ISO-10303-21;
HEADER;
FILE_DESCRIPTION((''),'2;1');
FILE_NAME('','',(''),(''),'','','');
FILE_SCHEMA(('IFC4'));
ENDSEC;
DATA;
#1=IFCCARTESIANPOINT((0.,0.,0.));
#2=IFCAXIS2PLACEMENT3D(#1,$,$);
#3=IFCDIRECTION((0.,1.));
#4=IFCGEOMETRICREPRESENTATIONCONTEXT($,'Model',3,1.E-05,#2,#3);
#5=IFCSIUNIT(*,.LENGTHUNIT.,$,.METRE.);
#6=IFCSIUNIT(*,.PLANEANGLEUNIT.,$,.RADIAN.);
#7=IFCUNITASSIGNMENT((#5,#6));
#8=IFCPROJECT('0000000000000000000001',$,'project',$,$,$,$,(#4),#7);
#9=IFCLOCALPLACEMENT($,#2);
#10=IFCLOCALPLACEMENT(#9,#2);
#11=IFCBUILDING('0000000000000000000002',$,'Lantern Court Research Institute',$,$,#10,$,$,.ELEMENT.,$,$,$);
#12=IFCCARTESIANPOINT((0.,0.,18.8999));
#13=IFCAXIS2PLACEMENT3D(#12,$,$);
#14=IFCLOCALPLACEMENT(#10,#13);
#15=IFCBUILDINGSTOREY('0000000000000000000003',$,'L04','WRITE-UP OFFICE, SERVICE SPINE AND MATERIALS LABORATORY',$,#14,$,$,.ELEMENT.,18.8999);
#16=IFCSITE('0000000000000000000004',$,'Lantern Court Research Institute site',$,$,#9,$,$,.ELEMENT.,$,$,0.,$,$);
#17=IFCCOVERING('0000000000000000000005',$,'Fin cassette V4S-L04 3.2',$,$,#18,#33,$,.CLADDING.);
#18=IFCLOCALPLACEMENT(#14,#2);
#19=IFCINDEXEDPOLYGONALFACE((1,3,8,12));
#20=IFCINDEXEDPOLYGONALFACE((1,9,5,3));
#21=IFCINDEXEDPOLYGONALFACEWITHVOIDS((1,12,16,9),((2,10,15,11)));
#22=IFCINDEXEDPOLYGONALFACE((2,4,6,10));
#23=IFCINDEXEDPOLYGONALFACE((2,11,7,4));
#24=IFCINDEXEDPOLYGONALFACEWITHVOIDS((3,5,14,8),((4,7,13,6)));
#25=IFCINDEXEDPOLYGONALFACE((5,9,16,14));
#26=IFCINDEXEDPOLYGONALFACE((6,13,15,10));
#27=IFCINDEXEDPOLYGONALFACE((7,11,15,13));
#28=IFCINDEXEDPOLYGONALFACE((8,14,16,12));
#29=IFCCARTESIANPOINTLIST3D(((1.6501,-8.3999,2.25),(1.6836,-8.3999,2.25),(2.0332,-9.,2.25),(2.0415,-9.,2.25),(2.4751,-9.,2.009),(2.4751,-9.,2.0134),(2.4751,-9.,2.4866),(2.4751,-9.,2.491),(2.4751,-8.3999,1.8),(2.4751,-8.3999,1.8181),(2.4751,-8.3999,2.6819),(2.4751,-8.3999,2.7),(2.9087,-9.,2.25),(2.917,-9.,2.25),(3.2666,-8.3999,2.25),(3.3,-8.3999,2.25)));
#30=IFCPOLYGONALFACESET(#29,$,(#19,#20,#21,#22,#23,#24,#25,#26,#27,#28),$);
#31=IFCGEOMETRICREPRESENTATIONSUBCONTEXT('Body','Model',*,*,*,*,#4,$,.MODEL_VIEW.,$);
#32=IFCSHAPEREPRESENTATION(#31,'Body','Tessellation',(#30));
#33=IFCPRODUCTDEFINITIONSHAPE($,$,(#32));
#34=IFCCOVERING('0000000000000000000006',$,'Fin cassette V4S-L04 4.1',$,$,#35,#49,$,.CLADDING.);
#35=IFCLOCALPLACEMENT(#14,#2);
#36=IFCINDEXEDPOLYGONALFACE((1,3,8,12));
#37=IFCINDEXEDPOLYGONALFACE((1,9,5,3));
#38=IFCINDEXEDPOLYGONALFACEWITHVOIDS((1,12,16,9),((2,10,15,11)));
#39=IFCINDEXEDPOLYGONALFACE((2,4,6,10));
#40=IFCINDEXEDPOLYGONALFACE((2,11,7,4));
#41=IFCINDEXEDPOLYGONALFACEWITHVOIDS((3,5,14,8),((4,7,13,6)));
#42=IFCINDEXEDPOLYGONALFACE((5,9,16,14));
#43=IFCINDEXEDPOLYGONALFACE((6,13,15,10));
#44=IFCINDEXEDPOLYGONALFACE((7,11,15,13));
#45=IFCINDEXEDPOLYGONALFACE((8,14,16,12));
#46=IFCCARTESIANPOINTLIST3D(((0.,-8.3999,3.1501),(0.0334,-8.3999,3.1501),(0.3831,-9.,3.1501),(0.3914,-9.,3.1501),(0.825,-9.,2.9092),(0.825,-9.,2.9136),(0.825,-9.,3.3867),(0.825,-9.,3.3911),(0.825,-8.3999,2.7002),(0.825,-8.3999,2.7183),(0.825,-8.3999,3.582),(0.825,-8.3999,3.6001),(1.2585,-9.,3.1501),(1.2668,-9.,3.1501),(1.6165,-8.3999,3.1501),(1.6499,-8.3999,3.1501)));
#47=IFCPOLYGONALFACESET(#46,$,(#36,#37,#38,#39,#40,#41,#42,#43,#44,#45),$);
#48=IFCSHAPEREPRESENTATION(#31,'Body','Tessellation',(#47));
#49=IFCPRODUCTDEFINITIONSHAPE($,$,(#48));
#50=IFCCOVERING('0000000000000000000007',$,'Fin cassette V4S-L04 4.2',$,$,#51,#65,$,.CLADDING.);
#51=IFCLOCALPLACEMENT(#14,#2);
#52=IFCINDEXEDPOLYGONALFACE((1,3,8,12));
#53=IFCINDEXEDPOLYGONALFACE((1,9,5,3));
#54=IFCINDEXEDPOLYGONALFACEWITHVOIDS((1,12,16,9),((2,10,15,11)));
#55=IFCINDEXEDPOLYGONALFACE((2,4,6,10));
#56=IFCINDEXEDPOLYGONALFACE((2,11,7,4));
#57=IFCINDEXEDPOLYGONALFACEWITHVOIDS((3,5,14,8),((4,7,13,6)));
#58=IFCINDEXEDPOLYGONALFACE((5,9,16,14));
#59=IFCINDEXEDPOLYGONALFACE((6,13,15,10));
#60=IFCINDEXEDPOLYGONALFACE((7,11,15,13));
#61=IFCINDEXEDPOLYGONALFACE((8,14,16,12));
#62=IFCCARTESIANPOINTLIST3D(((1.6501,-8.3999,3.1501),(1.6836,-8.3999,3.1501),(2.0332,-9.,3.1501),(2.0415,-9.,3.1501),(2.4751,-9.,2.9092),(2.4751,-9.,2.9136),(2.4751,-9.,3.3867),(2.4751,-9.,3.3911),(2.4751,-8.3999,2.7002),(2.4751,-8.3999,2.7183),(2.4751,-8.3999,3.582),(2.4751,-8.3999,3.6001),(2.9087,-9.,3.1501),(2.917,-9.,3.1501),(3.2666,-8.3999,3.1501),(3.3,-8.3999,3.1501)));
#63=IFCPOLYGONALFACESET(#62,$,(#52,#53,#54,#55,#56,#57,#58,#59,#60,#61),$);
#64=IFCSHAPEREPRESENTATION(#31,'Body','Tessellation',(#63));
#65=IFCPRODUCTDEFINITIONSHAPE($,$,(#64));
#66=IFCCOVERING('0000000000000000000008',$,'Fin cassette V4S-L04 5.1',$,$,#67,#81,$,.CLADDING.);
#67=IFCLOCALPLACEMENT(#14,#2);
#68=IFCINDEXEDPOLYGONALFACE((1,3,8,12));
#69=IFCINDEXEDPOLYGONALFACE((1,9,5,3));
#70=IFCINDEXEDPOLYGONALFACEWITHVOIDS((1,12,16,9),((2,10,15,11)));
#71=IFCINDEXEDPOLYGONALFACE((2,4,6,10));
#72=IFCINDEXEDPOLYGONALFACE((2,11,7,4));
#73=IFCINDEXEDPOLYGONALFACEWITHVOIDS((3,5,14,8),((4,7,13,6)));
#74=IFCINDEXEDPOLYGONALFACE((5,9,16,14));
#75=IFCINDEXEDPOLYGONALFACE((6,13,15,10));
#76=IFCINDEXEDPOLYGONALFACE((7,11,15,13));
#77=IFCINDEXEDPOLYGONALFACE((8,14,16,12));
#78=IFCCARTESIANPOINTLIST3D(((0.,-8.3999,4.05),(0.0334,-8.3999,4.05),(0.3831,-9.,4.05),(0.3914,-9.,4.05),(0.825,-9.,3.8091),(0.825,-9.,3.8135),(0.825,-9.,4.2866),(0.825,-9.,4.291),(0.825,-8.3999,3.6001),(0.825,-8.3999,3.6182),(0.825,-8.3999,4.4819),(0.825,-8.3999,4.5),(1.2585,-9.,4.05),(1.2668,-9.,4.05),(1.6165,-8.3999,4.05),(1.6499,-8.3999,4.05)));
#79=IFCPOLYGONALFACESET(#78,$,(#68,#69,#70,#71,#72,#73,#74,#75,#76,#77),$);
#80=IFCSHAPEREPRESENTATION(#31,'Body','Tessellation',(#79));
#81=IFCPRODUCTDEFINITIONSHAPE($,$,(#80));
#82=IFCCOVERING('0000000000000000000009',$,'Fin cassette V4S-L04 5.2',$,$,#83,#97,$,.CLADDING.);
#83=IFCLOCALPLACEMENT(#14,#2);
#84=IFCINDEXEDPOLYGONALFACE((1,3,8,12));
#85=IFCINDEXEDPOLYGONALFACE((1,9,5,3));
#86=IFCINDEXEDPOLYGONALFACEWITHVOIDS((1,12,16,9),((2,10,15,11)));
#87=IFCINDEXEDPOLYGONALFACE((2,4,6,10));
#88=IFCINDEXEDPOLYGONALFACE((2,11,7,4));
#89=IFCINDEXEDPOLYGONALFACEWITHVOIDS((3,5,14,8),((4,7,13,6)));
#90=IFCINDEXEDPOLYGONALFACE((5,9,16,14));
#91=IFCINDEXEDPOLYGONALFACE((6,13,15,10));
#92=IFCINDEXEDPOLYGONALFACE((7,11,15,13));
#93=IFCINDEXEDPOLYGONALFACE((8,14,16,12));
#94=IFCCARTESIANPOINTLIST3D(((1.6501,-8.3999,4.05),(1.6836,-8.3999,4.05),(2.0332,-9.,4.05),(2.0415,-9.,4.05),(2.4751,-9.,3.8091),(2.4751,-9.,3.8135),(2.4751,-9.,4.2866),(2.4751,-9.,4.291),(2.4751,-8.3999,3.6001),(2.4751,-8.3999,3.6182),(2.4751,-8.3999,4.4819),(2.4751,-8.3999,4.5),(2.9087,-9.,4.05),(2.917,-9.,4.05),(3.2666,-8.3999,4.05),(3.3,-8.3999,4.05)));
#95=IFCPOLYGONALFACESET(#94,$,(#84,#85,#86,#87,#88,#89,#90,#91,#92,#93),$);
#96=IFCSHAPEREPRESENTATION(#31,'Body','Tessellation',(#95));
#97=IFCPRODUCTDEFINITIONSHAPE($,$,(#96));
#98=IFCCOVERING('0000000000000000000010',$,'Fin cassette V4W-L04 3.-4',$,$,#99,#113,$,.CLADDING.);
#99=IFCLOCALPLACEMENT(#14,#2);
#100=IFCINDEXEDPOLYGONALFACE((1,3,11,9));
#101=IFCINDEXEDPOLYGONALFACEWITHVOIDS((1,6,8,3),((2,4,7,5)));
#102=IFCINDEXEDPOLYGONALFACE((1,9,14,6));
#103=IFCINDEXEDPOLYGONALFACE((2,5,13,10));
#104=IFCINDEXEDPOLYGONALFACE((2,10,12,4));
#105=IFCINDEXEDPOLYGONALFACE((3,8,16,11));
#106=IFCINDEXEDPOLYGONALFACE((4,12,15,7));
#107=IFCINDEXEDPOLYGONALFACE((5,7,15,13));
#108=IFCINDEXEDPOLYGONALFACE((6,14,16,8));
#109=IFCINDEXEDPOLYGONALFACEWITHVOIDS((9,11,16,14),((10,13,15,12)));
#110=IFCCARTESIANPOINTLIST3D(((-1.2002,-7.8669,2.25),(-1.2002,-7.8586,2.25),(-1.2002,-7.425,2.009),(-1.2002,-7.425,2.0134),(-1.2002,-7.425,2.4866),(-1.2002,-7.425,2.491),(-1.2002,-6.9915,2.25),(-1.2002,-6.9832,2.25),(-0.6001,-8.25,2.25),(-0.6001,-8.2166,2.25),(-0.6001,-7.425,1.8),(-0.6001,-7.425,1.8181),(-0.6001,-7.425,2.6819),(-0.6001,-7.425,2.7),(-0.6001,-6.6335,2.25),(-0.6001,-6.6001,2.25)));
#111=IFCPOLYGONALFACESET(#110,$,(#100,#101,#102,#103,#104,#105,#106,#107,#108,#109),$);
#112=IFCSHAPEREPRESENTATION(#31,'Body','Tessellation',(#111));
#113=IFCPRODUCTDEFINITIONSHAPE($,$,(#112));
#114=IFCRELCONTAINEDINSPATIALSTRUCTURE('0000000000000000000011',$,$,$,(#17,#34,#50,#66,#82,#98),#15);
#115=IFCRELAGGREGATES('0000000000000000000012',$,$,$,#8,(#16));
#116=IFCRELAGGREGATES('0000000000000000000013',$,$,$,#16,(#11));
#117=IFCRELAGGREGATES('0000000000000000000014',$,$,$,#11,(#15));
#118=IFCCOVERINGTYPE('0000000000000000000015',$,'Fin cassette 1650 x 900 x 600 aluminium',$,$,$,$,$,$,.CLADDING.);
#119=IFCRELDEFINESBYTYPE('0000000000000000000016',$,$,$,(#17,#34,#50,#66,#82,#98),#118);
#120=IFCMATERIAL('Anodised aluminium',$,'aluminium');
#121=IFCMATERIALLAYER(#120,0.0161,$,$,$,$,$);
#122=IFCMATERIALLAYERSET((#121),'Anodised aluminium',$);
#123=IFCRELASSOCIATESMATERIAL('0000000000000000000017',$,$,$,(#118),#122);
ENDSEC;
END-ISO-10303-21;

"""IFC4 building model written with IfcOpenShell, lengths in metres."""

from ifc_helpers import new_model, entity, si_unit, direction, frame, origin, place, context, subcontext, project, spatial, material, layer, layer_set, type_object, element, save


model = new_model("IFC4")

# Units and contexts
model_context = context("Model", 3, precision=1e-05, world=origin(), true_north=direction((0.0, 1.0)))
body_context = subcontext(model_context, "Body", "Model", "MODEL_VIEW")
ifc_project = project(units=[si_unit("LENGTHUNIT", "METRE"), si_unit("PLANEANGLEUNIT", "RADIAN")], contexts=[model_context])

# Site, building, storey
site_placement = place(None, origin())
site = spatial("IfcSite", under=ifc_project, at=site_placement, Name="Lantern Court Research Institute site", CompositionType="ELEMENT", RefElevation=0.0)
building_placement = place(site_placement, origin())
building = spatial("IfcBuilding", under=site, at=building_placement, Name="Lantern Court Research Institute", CompositionType="ELEMENT")
storey_placement = place(building_placement, frame((0.0, 0.0, 18.8999)))
storey = spatial("IfcBuildingStorey", under=building, at=storey_placement, Name="L04", Description="WRITE-UP OFFICE, SERVICE SPINE AND MATERIALS LABORATORY", CompositionType="ELEMENT", Elevation=18.8999)

# Coverings
ifc_material_1 = material(Name="Anodised aluminium", Category="aluminium")
ifc_layer_1 = layer(ifc_material_1, 0.0161)
ifc_layer_set_1 = layer_set([ifc_layer_1], Name="Anodised aluminium")
covering_type_1 = type_object("IfcCoveringType", Name="Fin cassette 1650 x 900 x 600 aluminium", PredefinedType="CLADDING", material=ifc_layer_set_1)
covering_1_placement = place(storey_placement, frame((2.4751, -8.3999, 2.25), z_axis=(0.0, -1.0, 0.0), x_axis=(1.0, 0.0, 0.0)))
cartesian_point_1 = entity("IfcCartesianPoint", [0.825, 0.0])
cartesian_point_2 = entity("IfcCartesianPoint", [0.7915, 0.0])
cartesian_point_3 = entity("IfcCartesianPoint", [0.4419, 0.0])
cartesian_point_4 = entity("IfcCartesianPoint", [0.4336, 0.0])
element("IfcCovering", 1, at=covering_1_placement, inside=storey, type_object=covering_type_1, Name="Fin cassette V4S-L04 3.2", PredefinedType="CLADDING", context=body_context, shape_type="SweptSolid", body=[
    entity("IfcExtrudedAreaSolidTapered", entity("IfcArbitraryProfileDefWithVoids", "AREA", None, entity("IfcPolyline", [cartesian_point_1, entity("IfcCartesianPoint", [0.0, 0.45]), entity("IfcCartesianPoint", [-0.825, 0.0]), entity("IfcCartesianPoint", [0.0, -0.45]), cartesian_point_1]), [entity("IfcPolyline", [cartesian_point_2, entity("IfcCartesianPoint", [0.0, 0.4319]), entity("IfcCartesianPoint", [-0.7915, 0.0]), entity("IfcCartesianPoint", [0.0, -0.4319]), cartesian_point_2])]), entity("IfcAxis2Placement3D", entity("IfcCartesianPoint", [0.0, 0.0, 0.0])), entity("IfcDirection", [0.0, 0.0, 1.0]), 0.6001, entity("IfcArbitraryProfileDefWithVoids", "AREA", None, entity("IfcPolyline", [cartesian_point_3, entity("IfcCartesianPoint", [0.0, 0.241]), entity("IfcCartesianPoint", [-0.4419, 0.0]), entity("IfcCartesianPoint", [0.0, -0.241]), cartesian_point_3]), [entity("IfcPolyline", [cartesian_point_4, entity("IfcCartesianPoint", [0.0, 0.2366]), entity("IfcCartesianPoint", [-0.4336, 0.0]), entity("IfcCartesianPoint", [0.0, -0.2366]), cartesian_point_4])])),
])
covering_2_placement = place(storey_placement, frame((0.825, -8.3999, 3.1501), z_axis=(0.0, -1.0, 0.0), x_axis=(1.0, 0.0, 0.0)))
cartesian_point_5 = entity("IfcCartesianPoint", [0.825, 0.0])
cartesian_point_6 = entity("IfcCartesianPoint", [0.7915, 0.0])
cartesian_point_7 = entity("IfcCartesianPoint", [0.4419, 0.0])
cartesian_point_8 = entity("IfcCartesianPoint", [0.4336, 0.0])
element("IfcCovering", 2, at=covering_2_placement, inside=storey, type_object=covering_type_1, Name="Fin cassette V4S-L04 4.1", PredefinedType="CLADDING", context=body_context, shape_type="SweptSolid", body=[
    entity("IfcExtrudedAreaSolidTapered", entity("IfcArbitraryProfileDefWithVoids", "AREA", None, entity("IfcPolyline", [cartesian_point_5, entity("IfcCartesianPoint", [0.0, 0.45]), entity("IfcCartesianPoint", [-0.825, 0.0]), entity("IfcCartesianPoint", [0.0, -0.45]), cartesian_point_5]), [entity("IfcPolyline", [cartesian_point_6, entity("IfcCartesianPoint", [0.0, 0.4319]), entity("IfcCartesianPoint", [-0.7915, 0.0]), entity("IfcCartesianPoint", [0.0, -0.4319]), cartesian_point_6])]), entity("IfcAxis2Placement3D", entity("IfcCartesianPoint", [0.0, 0.0, 0.0])), entity("IfcDirection", [0.0, 0.0, 1.0]), 0.6001, entity("IfcArbitraryProfileDefWithVoids", "AREA", None, entity("IfcPolyline", [cartesian_point_7, entity("IfcCartesianPoint", [0.0, 0.241]), entity("IfcCartesianPoint", [-0.4419, 0.0]), entity("IfcCartesianPoint", [0.0, -0.241]), cartesian_point_7]), [entity("IfcPolyline", [cartesian_point_8, entity("IfcCartesianPoint", [0.0, 0.2366]), entity("IfcCartesianPoint", [-0.4336, 0.0]), entity("IfcCartesianPoint", [0.0, -0.2366]), cartesian_point_8])])),
])
covering_3_placement = place(storey_placement, frame((2.4751, -8.3999, 3.1501), z_axis=(0.0, -1.0, 0.0), x_axis=(1.0, 0.0, 0.0)))
cartesian_point_9 = entity("IfcCartesianPoint", [0.825, 0.0])
cartesian_point_10 = entity("IfcCartesianPoint", [0.7915, 0.0])
cartesian_point_11 = entity("IfcCartesianPoint", [0.4419, 0.0])
cartesian_point_12 = entity("IfcCartesianPoint", [0.4336, 0.0])
element("IfcCovering", 3, at=covering_3_placement, inside=storey, type_object=covering_type_1, Name="Fin cassette V4S-L04 4.2", PredefinedType="CLADDING", context=body_context, shape_type="SweptSolid", body=[
    entity("IfcExtrudedAreaSolidTapered", entity("IfcArbitraryProfileDefWithVoids", "AREA", None, entity("IfcPolyline", [cartesian_point_9, entity("IfcCartesianPoint", [0.0, 0.45]), entity("IfcCartesianPoint", [-0.825, 0.0]), entity("IfcCartesianPoint", [0.0, -0.45]), cartesian_point_9]), [entity("IfcPolyline", [cartesian_point_10, entity("IfcCartesianPoint", [0.0, 0.4319]), entity("IfcCartesianPoint", [-0.7915, 0.0]), entity("IfcCartesianPoint", [0.0, -0.4319]), cartesian_point_10])]), entity("IfcAxis2Placement3D", entity("IfcCartesianPoint", [0.0, 0.0, 0.0])), entity("IfcDirection", [0.0, 0.0, 1.0]), 0.6001, entity("IfcArbitraryProfileDefWithVoids", "AREA", None, entity("IfcPolyline", [cartesian_point_11, entity("IfcCartesianPoint", [0.0, 0.241]), entity("IfcCartesianPoint", [-0.4419, 0.0]), entity("IfcCartesianPoint", [0.0, -0.241]), cartesian_point_11]), [entity("IfcPolyline", [cartesian_point_12, entity("IfcCartesianPoint", [0.0, 0.2366]), entity("IfcCartesianPoint", [-0.4336, 0.0]), entity("IfcCartesianPoint", [0.0, -0.2366]), cartesian_point_12])])),
])
covering_4_placement = place(storey_placement, frame((0.825, -8.3999, 4.05), z_axis=(0.0, -1.0, 0.0), x_axis=(1.0, 0.0, 0.0)))
cartesian_point_13 = entity("IfcCartesianPoint", [0.825, 0.0])
cartesian_point_14 = entity("IfcCartesianPoint", [0.7915, 0.0])
cartesian_point_15 = entity("IfcCartesianPoint", [0.4419, 0.0])
cartesian_point_16 = entity("IfcCartesianPoint", [0.4336, 0.0])
element("IfcCovering", 4, at=covering_4_placement, inside=storey, type_object=covering_type_1, Name="Fin cassette V4S-L04 5.1", PredefinedType="CLADDING", context=body_context, shape_type="SweptSolid", body=[
    entity("IfcExtrudedAreaSolidTapered", entity("IfcArbitraryProfileDefWithVoids", "AREA", None, entity("IfcPolyline", [cartesian_point_13, entity("IfcCartesianPoint", [0.0, 0.45]), entity("IfcCartesianPoint", [-0.825, 0.0]), entity("IfcCartesianPoint", [0.0, -0.45]), cartesian_point_13]), [entity("IfcPolyline", [cartesian_point_14, entity("IfcCartesianPoint", [0.0, 0.4319]), entity("IfcCartesianPoint", [-0.7915, 0.0]), entity("IfcCartesianPoint", [0.0, -0.4319]), cartesian_point_14])]), entity("IfcAxis2Placement3D", entity("IfcCartesianPoint", [0.0, 0.0, 0.0])), entity("IfcDirection", [0.0, 0.0, 1.0]), 0.6001, entity("IfcArbitraryProfileDefWithVoids", "AREA", None, entity("IfcPolyline", [cartesian_point_15, entity("IfcCartesianPoint", [0.0, 0.241]), entity("IfcCartesianPoint", [-0.4419, 0.0]), entity("IfcCartesianPoint", [0.0, -0.241]), cartesian_point_15]), [entity("IfcPolyline", [cartesian_point_16, entity("IfcCartesianPoint", [0.0, 0.2366]), entity("IfcCartesianPoint", [-0.4336, 0.0]), entity("IfcCartesianPoint", [0.0, -0.2366]), cartesian_point_16])])),
])
covering_5_placement = place(storey_placement, frame((2.4751, -8.3999, 4.05), z_axis=(0.0, -1.0, 0.0), x_axis=(1.0, 0.0, 0.0)))
cartesian_point_17 = entity("IfcCartesianPoint", [0.825, 0.0])
cartesian_point_18 = entity("IfcCartesianPoint", [0.7915, 0.0])
cartesian_point_19 = entity("IfcCartesianPoint", [0.4419, 0.0])
cartesian_point_20 = entity("IfcCartesianPoint", [0.4336, 0.0])
element("IfcCovering", 5, at=covering_5_placement, inside=storey, type_object=covering_type_1, Name="Fin cassette V4S-L04 5.2", PredefinedType="CLADDING", context=body_context, shape_type="SweptSolid", body=[
    entity("IfcExtrudedAreaSolidTapered", entity("IfcArbitraryProfileDefWithVoids", "AREA", None, entity("IfcPolyline", [cartesian_point_17, entity("IfcCartesianPoint", [0.0, 0.45]), entity("IfcCartesianPoint", [-0.825, 0.0]), entity("IfcCartesianPoint", [0.0, -0.45]), cartesian_point_17]), [entity("IfcPolyline", [cartesian_point_18, entity("IfcCartesianPoint", [0.0, 0.4319]), entity("IfcCartesianPoint", [-0.7915, 0.0]), entity("IfcCartesianPoint", [0.0, -0.4319]), cartesian_point_18])]), entity("IfcAxis2Placement3D", entity("IfcCartesianPoint", [0.0, 0.0, 0.0])), entity("IfcDirection", [0.0, 0.0, 1.0]), 0.6001, entity("IfcArbitraryProfileDefWithVoids", "AREA", None, entity("IfcPolyline", [cartesian_point_19, entity("IfcCartesianPoint", [0.0, 0.241]), entity("IfcCartesianPoint", [-0.4419, 0.0]), entity("IfcCartesianPoint", [0.0, -0.241]), cartesian_point_19]), [entity("IfcPolyline", [cartesian_point_20, entity("IfcCartesianPoint", [0.0, 0.2366]), entity("IfcCartesianPoint", [-0.4336, 0.0]), entity("IfcCartesianPoint", [0.0, -0.2366]), cartesian_point_20])])),
])
covering_6_placement = place(storey_placement, frame((-0.6001, -7.425, 2.25), z_axis=(-1.0, 0.0, 0.0), x_axis=(0.0, -1.0, 0.0)))
cartesian_point_21 = entity("IfcCartesianPoint", [0.825, 0.0])
cartesian_point_22 = entity("IfcCartesianPoint", [0.7915, 0.0])
cartesian_point_23 = entity("IfcCartesianPoint", [0.4419, 0.0])
cartesian_point_24 = entity("IfcCartesianPoint", [0.4336, 0.0])
element("IfcCovering", 6, at=covering_6_placement, inside=storey, type_object=covering_type_1, Name="Fin cassette V4W-L04 3.-4", PredefinedType="CLADDING", context=body_context, shape_type="SweptSolid", body=[
    entity("IfcExtrudedAreaSolidTapered", entity("IfcArbitraryProfileDefWithVoids", "AREA", None, entity("IfcPolyline", [cartesian_point_21, entity("IfcCartesianPoint", [0.0, 0.45]), entity("IfcCartesianPoint", [-0.825, 0.0]), entity("IfcCartesianPoint", [0.0, -0.45]), cartesian_point_21]), [entity("IfcPolyline", [cartesian_point_22, entity("IfcCartesianPoint", [0.0, 0.4319]), entity("IfcCartesianPoint", [-0.7915, 0.0]), entity("IfcCartesianPoint", [0.0, -0.4319]), cartesian_point_22])]), entity("IfcAxis2Placement3D", entity("IfcCartesianPoint", [0.0, 0.0, 0.0])), entity("IfcDirection", [0.0, 0.0, 1.0]), 0.6001, entity("IfcArbitraryProfileDefWithVoids", "AREA", None, entity("IfcPolyline", [cartesian_point_23, entity("IfcCartesianPoint", [0.0, 0.241]), entity("IfcCartesianPoint", [-0.4419, 0.0]), entity("IfcCartesianPoint", [0.0, -0.241]), cartesian_point_23]), [entity("IfcPolyline", [cartesian_point_24, entity("IfcCartesianPoint", [0.0, 0.2366]), entity("IfcCartesianPoint", [-0.4336, 0.0]), entity("IfcCartesianPoint", [0.0, -0.2366]), cartesian_point_24])])),
])

save(model, "model.ifc")
